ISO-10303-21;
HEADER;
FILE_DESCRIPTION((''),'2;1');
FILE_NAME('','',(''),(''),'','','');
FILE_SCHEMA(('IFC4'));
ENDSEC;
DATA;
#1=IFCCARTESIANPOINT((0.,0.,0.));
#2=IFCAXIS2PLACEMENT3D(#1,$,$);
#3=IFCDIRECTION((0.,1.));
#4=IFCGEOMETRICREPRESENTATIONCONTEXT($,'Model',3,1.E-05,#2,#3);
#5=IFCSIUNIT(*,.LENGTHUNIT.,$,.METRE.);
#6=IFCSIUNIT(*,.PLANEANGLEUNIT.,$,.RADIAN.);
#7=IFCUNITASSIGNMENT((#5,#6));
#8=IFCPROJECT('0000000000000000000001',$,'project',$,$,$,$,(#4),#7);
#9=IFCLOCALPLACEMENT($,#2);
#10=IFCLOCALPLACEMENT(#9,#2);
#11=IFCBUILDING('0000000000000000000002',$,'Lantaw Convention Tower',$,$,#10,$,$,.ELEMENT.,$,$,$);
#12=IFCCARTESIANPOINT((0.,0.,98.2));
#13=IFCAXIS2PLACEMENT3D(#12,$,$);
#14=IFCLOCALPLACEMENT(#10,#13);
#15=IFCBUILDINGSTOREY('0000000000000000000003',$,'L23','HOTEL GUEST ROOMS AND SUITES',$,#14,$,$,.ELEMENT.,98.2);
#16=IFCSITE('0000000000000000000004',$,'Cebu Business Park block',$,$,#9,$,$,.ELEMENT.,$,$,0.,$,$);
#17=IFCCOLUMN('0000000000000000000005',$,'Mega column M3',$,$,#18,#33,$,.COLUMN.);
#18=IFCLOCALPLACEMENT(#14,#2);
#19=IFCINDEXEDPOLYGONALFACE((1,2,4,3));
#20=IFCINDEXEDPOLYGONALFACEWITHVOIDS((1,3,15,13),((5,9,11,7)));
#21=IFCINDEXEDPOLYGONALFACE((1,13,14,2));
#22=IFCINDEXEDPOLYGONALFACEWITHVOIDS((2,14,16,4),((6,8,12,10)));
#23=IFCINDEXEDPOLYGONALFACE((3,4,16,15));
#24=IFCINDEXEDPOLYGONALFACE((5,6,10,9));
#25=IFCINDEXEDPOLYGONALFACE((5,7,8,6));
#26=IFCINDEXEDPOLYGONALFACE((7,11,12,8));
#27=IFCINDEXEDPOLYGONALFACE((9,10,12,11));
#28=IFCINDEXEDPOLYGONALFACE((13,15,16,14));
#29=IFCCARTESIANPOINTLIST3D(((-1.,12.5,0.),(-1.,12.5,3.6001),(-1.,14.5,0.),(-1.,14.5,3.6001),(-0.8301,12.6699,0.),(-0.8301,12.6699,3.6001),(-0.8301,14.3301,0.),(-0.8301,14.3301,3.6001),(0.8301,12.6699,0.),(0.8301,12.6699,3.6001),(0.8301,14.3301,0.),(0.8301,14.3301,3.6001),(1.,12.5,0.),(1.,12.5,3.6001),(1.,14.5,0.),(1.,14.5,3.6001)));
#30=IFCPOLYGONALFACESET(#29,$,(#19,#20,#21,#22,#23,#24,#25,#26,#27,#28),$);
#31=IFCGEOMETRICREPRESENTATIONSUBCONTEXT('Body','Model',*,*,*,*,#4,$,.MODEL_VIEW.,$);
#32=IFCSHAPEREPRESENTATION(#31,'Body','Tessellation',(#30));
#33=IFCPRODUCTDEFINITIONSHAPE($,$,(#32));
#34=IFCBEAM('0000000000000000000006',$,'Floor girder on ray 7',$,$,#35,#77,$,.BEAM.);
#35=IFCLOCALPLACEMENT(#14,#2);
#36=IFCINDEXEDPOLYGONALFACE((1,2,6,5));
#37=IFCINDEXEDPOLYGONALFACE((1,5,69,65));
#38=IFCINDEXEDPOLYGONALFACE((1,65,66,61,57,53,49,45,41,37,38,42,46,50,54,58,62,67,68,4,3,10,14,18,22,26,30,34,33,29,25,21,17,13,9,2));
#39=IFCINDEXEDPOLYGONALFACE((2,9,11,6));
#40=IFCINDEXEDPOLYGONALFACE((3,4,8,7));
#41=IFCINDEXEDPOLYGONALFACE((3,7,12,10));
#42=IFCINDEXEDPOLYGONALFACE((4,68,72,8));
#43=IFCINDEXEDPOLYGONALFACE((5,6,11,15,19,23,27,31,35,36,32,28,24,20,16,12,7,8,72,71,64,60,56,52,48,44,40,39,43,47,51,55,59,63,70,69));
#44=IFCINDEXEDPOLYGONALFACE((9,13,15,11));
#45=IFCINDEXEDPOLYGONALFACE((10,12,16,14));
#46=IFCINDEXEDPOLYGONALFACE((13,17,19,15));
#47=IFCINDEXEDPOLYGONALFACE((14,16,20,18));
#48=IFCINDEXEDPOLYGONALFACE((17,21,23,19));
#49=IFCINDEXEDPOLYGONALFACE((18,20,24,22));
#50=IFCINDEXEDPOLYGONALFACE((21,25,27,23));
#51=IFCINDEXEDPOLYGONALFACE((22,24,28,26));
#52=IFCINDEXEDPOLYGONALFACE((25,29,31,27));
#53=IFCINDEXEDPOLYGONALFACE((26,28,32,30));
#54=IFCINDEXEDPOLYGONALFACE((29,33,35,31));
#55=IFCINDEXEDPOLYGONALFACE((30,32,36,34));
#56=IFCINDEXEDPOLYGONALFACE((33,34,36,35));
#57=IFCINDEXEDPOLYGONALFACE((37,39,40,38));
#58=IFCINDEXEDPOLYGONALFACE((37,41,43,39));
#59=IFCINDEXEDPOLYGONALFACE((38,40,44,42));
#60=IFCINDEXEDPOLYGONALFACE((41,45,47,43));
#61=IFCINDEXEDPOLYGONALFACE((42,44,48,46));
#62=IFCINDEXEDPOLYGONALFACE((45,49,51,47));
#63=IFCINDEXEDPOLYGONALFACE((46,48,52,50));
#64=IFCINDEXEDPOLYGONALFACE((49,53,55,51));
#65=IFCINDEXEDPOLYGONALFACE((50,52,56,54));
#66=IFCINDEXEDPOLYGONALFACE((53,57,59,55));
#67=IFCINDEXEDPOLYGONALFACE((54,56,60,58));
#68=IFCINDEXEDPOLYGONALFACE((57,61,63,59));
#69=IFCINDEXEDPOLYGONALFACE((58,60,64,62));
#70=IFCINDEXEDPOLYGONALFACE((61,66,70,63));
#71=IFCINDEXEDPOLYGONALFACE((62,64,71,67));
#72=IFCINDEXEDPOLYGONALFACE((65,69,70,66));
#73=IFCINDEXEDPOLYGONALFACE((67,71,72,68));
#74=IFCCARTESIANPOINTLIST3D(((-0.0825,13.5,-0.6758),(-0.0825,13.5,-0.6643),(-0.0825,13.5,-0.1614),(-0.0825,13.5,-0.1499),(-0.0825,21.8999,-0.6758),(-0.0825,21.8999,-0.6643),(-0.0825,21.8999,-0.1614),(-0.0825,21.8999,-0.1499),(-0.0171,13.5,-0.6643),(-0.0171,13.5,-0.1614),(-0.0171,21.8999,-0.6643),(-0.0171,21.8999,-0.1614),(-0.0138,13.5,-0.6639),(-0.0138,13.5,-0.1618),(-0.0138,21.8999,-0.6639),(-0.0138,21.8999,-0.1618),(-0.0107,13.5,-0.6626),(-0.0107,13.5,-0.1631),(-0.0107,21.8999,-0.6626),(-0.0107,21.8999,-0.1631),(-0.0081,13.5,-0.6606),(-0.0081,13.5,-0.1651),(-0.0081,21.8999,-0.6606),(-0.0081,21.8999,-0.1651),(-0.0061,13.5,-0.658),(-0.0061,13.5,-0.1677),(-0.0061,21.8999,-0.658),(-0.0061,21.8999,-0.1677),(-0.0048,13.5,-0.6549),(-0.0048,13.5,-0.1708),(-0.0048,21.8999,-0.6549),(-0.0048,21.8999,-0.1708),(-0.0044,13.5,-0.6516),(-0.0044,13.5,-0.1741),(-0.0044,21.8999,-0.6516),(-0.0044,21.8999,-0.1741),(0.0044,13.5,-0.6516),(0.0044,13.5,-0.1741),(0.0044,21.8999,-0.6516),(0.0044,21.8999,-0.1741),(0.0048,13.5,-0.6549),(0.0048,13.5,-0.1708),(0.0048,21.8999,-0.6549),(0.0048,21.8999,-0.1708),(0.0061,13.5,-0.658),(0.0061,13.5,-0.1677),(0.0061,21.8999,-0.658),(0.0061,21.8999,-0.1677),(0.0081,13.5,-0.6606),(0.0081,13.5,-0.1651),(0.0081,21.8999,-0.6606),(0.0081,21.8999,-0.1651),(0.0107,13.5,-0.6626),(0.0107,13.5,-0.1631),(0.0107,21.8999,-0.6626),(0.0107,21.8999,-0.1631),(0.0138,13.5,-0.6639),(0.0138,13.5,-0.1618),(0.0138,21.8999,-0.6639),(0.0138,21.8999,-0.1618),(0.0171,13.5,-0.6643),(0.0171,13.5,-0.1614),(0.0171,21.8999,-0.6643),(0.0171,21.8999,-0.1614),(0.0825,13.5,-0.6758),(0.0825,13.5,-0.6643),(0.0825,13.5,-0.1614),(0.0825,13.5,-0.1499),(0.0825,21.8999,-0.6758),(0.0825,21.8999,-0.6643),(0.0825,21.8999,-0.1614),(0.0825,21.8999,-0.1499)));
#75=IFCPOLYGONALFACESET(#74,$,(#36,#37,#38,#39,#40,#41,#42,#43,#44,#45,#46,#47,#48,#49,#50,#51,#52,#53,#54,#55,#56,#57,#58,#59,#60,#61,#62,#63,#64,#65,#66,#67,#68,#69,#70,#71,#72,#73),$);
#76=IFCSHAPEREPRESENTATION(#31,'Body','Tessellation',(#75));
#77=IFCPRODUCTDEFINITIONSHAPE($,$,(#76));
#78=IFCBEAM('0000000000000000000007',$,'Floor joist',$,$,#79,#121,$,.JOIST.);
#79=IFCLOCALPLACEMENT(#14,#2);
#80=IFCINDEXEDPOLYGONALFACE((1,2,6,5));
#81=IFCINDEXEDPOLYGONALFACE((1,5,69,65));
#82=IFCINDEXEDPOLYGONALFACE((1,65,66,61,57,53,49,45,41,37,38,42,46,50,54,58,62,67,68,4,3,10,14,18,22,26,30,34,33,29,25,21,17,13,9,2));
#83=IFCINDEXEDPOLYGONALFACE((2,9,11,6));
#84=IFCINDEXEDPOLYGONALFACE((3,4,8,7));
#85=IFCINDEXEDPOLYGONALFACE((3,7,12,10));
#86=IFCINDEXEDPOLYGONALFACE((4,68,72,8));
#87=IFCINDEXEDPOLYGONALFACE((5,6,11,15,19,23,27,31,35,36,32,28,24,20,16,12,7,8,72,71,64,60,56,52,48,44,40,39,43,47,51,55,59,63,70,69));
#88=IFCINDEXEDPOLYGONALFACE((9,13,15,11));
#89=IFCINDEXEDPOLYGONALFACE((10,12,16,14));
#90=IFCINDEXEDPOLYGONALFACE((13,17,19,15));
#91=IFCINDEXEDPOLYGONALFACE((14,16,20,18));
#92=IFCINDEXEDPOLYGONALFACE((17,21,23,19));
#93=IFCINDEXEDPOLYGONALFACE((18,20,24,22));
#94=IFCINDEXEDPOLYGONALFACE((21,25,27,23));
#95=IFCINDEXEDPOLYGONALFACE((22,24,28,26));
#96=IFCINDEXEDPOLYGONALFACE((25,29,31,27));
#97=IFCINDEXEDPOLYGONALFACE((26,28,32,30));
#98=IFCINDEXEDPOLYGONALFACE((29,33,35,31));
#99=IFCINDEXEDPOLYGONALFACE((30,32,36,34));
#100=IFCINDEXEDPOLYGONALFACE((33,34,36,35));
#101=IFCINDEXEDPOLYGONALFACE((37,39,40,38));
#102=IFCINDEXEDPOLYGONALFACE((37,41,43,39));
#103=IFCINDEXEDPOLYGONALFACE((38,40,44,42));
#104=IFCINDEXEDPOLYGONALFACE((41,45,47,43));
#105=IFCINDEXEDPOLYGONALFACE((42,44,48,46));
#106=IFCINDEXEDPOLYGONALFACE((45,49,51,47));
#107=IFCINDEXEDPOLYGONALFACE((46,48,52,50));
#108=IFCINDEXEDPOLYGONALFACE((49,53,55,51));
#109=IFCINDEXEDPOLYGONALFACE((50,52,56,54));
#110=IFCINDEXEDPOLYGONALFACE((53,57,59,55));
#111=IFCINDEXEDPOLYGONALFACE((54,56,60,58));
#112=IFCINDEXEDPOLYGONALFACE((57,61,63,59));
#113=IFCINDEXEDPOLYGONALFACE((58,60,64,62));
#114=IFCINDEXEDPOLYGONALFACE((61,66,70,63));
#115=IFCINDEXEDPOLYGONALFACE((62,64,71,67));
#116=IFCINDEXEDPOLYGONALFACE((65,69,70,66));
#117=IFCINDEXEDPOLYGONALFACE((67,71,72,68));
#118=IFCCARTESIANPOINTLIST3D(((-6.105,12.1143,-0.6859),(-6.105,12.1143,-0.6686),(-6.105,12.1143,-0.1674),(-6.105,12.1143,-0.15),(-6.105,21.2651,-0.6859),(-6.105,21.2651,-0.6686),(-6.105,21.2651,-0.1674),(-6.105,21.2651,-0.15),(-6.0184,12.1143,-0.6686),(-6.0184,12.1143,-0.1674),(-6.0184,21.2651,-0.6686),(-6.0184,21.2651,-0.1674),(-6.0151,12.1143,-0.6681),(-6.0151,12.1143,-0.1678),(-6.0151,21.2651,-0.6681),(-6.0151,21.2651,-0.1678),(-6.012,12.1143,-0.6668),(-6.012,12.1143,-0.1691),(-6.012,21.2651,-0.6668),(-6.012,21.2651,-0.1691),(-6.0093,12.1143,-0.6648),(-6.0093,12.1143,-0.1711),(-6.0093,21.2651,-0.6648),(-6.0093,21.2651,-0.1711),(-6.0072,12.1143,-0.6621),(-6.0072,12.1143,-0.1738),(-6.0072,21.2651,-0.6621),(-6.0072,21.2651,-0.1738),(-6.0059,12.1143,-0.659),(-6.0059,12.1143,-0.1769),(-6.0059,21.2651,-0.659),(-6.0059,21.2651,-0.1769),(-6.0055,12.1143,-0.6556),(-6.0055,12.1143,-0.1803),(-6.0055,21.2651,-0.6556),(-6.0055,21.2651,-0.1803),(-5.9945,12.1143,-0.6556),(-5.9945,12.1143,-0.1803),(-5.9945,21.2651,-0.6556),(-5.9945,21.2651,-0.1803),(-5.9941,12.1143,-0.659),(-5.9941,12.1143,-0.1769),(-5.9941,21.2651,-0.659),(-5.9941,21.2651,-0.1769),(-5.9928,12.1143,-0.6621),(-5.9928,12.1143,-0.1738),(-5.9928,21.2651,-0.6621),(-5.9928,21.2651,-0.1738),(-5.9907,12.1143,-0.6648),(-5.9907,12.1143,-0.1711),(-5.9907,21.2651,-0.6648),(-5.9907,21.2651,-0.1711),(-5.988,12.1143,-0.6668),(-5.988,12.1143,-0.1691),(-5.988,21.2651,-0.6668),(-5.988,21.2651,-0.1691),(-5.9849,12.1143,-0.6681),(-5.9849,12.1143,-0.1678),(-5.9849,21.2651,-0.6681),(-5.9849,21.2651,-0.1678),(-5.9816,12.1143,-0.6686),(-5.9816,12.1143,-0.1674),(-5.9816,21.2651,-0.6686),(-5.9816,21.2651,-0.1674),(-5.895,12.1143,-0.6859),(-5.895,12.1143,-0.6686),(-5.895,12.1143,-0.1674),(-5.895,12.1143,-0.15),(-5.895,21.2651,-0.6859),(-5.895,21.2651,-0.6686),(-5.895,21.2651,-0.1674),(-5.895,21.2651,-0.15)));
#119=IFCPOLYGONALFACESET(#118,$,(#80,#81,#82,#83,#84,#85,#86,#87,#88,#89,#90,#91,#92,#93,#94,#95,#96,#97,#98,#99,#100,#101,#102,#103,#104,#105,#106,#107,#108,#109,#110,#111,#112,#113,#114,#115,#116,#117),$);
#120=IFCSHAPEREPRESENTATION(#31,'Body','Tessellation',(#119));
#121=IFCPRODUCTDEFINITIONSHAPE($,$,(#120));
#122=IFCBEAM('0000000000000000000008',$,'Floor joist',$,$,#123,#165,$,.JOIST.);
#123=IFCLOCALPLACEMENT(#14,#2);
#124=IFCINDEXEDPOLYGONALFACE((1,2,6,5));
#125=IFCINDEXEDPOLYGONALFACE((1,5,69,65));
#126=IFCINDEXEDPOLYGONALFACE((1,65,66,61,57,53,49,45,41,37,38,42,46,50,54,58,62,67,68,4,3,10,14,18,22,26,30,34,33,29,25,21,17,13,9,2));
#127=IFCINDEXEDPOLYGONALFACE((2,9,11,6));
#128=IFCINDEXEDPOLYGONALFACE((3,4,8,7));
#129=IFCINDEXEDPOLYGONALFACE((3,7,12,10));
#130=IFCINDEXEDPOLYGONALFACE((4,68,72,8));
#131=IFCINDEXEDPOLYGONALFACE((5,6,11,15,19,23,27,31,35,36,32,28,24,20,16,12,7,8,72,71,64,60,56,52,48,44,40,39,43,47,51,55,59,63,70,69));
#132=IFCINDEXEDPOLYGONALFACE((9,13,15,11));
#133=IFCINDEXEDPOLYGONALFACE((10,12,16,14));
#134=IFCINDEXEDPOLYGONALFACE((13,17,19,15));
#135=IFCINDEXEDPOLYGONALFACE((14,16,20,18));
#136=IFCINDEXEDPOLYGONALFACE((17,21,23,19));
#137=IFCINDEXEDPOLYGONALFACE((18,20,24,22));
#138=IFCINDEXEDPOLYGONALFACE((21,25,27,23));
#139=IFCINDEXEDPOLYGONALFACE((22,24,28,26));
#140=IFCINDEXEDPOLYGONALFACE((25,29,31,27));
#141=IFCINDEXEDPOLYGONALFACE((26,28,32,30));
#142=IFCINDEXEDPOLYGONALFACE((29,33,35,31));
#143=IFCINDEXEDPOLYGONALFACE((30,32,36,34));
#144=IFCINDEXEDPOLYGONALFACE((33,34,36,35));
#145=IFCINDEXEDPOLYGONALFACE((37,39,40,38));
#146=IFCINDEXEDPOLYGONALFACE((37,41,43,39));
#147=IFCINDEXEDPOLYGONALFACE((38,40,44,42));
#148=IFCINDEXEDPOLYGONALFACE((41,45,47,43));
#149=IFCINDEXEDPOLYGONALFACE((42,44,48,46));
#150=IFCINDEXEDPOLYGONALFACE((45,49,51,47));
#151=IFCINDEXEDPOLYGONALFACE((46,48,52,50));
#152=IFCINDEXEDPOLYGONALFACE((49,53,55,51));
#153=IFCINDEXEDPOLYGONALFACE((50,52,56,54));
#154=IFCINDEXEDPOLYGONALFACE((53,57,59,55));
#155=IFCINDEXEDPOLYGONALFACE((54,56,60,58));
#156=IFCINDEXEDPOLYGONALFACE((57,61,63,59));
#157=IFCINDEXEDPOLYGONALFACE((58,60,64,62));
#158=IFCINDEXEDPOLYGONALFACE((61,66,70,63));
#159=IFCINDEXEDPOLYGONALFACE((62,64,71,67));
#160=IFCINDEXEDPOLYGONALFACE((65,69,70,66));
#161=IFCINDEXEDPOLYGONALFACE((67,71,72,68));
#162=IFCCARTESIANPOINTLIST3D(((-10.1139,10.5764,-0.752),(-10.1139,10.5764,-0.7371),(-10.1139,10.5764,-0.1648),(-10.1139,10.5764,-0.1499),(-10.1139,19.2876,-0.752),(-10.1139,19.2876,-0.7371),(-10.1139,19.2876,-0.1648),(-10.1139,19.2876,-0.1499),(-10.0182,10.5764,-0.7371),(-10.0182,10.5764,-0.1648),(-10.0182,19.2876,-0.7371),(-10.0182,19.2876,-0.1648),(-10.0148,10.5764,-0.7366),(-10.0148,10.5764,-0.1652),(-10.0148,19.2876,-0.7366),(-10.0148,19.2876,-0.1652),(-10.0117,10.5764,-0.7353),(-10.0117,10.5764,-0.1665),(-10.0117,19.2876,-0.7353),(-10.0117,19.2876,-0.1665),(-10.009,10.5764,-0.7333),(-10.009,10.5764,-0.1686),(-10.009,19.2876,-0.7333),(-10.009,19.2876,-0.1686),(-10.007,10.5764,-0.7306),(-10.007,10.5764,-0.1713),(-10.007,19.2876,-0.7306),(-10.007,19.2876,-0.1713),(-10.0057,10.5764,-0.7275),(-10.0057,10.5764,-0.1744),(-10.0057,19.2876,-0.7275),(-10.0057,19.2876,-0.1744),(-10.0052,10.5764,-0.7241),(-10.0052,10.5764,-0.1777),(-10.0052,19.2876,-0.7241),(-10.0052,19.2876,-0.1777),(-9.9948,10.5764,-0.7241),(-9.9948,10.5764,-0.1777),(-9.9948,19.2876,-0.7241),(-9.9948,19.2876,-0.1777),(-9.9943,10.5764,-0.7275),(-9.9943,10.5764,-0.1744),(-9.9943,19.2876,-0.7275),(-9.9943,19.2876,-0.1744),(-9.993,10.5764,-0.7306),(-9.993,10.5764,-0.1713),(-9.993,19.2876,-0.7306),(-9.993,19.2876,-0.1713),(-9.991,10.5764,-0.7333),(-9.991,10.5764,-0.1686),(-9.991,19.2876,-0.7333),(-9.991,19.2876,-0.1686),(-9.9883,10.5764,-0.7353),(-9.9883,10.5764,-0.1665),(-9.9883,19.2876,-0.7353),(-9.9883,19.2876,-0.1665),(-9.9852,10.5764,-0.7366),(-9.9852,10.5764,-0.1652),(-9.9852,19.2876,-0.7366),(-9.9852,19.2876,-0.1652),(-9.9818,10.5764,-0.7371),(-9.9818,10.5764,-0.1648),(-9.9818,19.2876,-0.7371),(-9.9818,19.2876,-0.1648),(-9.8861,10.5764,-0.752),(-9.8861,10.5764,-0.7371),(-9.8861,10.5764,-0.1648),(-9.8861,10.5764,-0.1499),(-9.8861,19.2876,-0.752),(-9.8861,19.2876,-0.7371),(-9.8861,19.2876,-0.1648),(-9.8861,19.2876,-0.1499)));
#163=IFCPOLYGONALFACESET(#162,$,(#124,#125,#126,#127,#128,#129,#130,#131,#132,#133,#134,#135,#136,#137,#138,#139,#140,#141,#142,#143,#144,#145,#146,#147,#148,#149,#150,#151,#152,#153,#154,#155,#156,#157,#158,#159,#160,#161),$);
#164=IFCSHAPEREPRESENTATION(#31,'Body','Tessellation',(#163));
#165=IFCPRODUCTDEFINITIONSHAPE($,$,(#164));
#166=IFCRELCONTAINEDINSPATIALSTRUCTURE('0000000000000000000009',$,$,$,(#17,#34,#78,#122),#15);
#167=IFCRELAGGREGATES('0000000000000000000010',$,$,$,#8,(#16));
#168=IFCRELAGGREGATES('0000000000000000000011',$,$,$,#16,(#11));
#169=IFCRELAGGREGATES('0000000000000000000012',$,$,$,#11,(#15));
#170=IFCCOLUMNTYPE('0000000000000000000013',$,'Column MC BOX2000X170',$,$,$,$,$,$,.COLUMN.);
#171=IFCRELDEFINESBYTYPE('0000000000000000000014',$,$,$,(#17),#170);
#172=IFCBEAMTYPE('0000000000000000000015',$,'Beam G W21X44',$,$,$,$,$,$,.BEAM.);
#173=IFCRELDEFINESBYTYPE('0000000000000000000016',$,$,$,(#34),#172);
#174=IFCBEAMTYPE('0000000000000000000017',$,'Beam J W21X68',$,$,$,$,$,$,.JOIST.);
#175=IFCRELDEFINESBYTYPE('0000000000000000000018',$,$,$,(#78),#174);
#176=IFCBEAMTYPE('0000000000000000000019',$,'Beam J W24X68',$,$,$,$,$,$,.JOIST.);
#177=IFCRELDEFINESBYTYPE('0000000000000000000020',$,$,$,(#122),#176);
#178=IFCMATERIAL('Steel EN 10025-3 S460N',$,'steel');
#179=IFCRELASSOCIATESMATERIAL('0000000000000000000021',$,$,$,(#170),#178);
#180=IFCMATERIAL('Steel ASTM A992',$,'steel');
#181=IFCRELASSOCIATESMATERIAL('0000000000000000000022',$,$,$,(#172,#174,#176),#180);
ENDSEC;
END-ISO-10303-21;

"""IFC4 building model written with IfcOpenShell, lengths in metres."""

from ifc_helpers import new_model, si_unit, direction, frame, origin, origin_2d, place, context, subcontext, project, spatial, rectangle, hollow_rectangle, i_section, extrude, material, material_profile, profile_set, type_object, element, save


model = new_model("IFC4")

# Units and contexts
model_context = context("Model", 3, precision=1e-05, world=origin(), true_north=direction((0.0, 1.0)))
body_context = subcontext(model_context, "Body", "Model", "MODEL_VIEW")
ifc_project = project(units=[si_unit("LENGTHUNIT", "METRE"), si_unit("PLANEANGLEUNIT", "RADIAN")], contexts=[model_context])

# Site, building, storey
site_placement = place(None, origin())
site = spatial("IfcSite", under=ifc_project, at=site_placement, Name="Cebu Business Park block", CompositionType="ELEMENT", RefElevation=0.0)
building_placement = place(site_placement, origin())
building = spatial("IfcBuilding", under=site, at=building_placement, Name="Lantaw Convention Tower", CompositionType="ELEMENT")
storey_placement = place(building_placement, frame((0.0, 0.0, 98.2)))
storey = spatial("IfcBuildingStorey", under=building, at=storey_placement, Name="L23", Description="HOTEL GUEST ROOMS AND SUITES", CompositionType="ELEMENT", Elevation=98.2)

# Column
ifc_material_1 = material(Name="Steel EN 10025-3 S460N", Category="steel")
ifc_material_profile_1 = material_profile(ifc_material_1, hollow_rectangle(XDim=2.0, YDim=2.0, WallThickness=0.1699, at=origin_2d()), Name="BOX2000X170")
ifc_material_2 = material(Name="Concrete C60/75", Category="concrete")
ifc_material_profile_2 = material_profile(ifc_material_2, rectangle(XDim=1.6599, YDim=1.6599, at=origin_2d()), Name="Concrete fill of BOX2000X170")
ifc_profile_set_1 = profile_set([ifc_material_profile_1, ifc_material_profile_2], Name="Steel EN 10025-3 S460N")
column_type = type_object("IfcColumnType", Name="Column MC BOX2000X170", PredefinedType="COLUMN", material=ifc_profile_set_1)
column_placement = place(storey_placement, frame((0.0, 13.5, 0.0), z_axis=(0.0, 0.0, 1.0), x_axis=(1.0, 0.0, 0.0)))
element("IfcColumn", 1, at=column_placement, inside=storey, type_object=column_type, Name="Mega column M3", PredefinedType="COLUMN", context=body_context, shape_type="SweptSolid", body=[
    extrude(hollow_rectangle(XDim=2.0, YDim=2.0, WallThickness=0.1699, at=origin_2d()), origin(), (0.0, 0.0, 1.0), 3.6001),
])

# Beams
ifc_material_3 = material(Name="Steel ASTM A992", Category="steel")
ifc_material_profile_3 = material_profile(ifc_material_3, i_section(OverallWidth=0.165, OverallDepth=0.5259, WebThickness=0.0088, FlangeThickness=0.0115, FilletRadius=0.0127, at=origin_2d()), Name="W21X44")
ifc_profile_set_2 = profile_set([ifc_material_profile_3], Name="Steel ASTM A992")
beam_type_1 = type_object("IfcBeamType", Name="Beam G W21X44", PredefinedType="BEAM", material=ifc_profile_set_2)
beam_1_placement = place(storey_placement, frame((0.0, 13.5, -0.4128), z_axis=(0.0, 1.0, 0.0), x_axis=(-1.0, 0.0, 0.0)))
element("IfcBeam", 2, at=beam_1_placement, inside=storey, type_object=beam_type_1, Name="Floor girder on ray 7", PredefinedType="BEAM", context=body_context, shape_type="SweptSolid", body=[
    extrude(i_section(OverallWidth=0.165, OverallDepth=0.5259, WebThickness=0.0088, FlangeThickness=0.0115, FilletRadius=0.0127, at=origin_2d()), origin(), (0.0, 0.0, 1.0), 8.3999),
])
ifc_material_profile_4 = material_profile(ifc_material_3, i_section(OverallWidth=0.21, OverallDepth=0.5359, WebThickness=0.011, FlangeThickness=0.0173, FilletRadius=0.0129, at=origin_2d()), Name="W21X68")
ifc_profile_set_3 = profile_set([ifc_material_profile_4], Name="Steel ASTM A992")
beam_type_2 = type_object("IfcBeamType", Name="Beam J W21X68", PredefinedType="JOIST", material=ifc_profile_set_3)
beam_2_placement = place(storey_placement, frame((-6.0, 12.1143, -0.418), z_axis=(0.0, 1.0, 0.0), x_axis=(-1.0, 0.0, 0.0)))
element("IfcBeam", 3, at=beam_2_placement, inside=storey, type_object=beam_type_2, Name="Floor joist", PredefinedType="JOIST", context=body_context, shape_type="SweptSolid", body=[
    extrude(i_section(OverallWidth=0.21, OverallDepth=0.5359, WebThickness=0.011, FlangeThickness=0.0173, FilletRadius=0.0129, at=origin_2d()), origin(), (0.0, 0.0, 1.0), 9.1509),
])
ifc_material_profile_5 = material_profile(ifc_material_3, i_section(OverallWidth=0.2278, OverallDepth=0.6021, WebThickness=0.0105, FlangeThickness=0.0149, FilletRadius=0.0129, at=origin_2d()), Name="W24X68")
ifc_profile_set_4 = profile_set([ifc_material_profile_5], Name="Steel ASTM A992")
beam_type_3 = type_object("IfcBeamType", Name="Beam J W24X68", PredefinedType="JOIST", material=ifc_profile_set_4)
beam_3_placement = place(storey_placement, frame((-10.0, 10.5764, -0.4509), z_axis=(0.0, 1.0, 0.0), x_axis=(-1.0, 0.0, 0.0)))
element("IfcBeam", 4, at=beam_3_placement, inside=storey, type_object=beam_type_3, Name="Floor joist", PredefinedType="JOIST", context=body_context, shape_type="SweptSolid", body=[
    extrude(i_section(OverallWidth=0.2278, OverallDepth=0.6021, WebThickness=0.0105, FlangeThickness=0.0149, FilletRadius=0.0129, at=origin_2d()), origin(), (0.0, 0.0, 1.0), 8.7112),
])

save(model, "model.ifc")
